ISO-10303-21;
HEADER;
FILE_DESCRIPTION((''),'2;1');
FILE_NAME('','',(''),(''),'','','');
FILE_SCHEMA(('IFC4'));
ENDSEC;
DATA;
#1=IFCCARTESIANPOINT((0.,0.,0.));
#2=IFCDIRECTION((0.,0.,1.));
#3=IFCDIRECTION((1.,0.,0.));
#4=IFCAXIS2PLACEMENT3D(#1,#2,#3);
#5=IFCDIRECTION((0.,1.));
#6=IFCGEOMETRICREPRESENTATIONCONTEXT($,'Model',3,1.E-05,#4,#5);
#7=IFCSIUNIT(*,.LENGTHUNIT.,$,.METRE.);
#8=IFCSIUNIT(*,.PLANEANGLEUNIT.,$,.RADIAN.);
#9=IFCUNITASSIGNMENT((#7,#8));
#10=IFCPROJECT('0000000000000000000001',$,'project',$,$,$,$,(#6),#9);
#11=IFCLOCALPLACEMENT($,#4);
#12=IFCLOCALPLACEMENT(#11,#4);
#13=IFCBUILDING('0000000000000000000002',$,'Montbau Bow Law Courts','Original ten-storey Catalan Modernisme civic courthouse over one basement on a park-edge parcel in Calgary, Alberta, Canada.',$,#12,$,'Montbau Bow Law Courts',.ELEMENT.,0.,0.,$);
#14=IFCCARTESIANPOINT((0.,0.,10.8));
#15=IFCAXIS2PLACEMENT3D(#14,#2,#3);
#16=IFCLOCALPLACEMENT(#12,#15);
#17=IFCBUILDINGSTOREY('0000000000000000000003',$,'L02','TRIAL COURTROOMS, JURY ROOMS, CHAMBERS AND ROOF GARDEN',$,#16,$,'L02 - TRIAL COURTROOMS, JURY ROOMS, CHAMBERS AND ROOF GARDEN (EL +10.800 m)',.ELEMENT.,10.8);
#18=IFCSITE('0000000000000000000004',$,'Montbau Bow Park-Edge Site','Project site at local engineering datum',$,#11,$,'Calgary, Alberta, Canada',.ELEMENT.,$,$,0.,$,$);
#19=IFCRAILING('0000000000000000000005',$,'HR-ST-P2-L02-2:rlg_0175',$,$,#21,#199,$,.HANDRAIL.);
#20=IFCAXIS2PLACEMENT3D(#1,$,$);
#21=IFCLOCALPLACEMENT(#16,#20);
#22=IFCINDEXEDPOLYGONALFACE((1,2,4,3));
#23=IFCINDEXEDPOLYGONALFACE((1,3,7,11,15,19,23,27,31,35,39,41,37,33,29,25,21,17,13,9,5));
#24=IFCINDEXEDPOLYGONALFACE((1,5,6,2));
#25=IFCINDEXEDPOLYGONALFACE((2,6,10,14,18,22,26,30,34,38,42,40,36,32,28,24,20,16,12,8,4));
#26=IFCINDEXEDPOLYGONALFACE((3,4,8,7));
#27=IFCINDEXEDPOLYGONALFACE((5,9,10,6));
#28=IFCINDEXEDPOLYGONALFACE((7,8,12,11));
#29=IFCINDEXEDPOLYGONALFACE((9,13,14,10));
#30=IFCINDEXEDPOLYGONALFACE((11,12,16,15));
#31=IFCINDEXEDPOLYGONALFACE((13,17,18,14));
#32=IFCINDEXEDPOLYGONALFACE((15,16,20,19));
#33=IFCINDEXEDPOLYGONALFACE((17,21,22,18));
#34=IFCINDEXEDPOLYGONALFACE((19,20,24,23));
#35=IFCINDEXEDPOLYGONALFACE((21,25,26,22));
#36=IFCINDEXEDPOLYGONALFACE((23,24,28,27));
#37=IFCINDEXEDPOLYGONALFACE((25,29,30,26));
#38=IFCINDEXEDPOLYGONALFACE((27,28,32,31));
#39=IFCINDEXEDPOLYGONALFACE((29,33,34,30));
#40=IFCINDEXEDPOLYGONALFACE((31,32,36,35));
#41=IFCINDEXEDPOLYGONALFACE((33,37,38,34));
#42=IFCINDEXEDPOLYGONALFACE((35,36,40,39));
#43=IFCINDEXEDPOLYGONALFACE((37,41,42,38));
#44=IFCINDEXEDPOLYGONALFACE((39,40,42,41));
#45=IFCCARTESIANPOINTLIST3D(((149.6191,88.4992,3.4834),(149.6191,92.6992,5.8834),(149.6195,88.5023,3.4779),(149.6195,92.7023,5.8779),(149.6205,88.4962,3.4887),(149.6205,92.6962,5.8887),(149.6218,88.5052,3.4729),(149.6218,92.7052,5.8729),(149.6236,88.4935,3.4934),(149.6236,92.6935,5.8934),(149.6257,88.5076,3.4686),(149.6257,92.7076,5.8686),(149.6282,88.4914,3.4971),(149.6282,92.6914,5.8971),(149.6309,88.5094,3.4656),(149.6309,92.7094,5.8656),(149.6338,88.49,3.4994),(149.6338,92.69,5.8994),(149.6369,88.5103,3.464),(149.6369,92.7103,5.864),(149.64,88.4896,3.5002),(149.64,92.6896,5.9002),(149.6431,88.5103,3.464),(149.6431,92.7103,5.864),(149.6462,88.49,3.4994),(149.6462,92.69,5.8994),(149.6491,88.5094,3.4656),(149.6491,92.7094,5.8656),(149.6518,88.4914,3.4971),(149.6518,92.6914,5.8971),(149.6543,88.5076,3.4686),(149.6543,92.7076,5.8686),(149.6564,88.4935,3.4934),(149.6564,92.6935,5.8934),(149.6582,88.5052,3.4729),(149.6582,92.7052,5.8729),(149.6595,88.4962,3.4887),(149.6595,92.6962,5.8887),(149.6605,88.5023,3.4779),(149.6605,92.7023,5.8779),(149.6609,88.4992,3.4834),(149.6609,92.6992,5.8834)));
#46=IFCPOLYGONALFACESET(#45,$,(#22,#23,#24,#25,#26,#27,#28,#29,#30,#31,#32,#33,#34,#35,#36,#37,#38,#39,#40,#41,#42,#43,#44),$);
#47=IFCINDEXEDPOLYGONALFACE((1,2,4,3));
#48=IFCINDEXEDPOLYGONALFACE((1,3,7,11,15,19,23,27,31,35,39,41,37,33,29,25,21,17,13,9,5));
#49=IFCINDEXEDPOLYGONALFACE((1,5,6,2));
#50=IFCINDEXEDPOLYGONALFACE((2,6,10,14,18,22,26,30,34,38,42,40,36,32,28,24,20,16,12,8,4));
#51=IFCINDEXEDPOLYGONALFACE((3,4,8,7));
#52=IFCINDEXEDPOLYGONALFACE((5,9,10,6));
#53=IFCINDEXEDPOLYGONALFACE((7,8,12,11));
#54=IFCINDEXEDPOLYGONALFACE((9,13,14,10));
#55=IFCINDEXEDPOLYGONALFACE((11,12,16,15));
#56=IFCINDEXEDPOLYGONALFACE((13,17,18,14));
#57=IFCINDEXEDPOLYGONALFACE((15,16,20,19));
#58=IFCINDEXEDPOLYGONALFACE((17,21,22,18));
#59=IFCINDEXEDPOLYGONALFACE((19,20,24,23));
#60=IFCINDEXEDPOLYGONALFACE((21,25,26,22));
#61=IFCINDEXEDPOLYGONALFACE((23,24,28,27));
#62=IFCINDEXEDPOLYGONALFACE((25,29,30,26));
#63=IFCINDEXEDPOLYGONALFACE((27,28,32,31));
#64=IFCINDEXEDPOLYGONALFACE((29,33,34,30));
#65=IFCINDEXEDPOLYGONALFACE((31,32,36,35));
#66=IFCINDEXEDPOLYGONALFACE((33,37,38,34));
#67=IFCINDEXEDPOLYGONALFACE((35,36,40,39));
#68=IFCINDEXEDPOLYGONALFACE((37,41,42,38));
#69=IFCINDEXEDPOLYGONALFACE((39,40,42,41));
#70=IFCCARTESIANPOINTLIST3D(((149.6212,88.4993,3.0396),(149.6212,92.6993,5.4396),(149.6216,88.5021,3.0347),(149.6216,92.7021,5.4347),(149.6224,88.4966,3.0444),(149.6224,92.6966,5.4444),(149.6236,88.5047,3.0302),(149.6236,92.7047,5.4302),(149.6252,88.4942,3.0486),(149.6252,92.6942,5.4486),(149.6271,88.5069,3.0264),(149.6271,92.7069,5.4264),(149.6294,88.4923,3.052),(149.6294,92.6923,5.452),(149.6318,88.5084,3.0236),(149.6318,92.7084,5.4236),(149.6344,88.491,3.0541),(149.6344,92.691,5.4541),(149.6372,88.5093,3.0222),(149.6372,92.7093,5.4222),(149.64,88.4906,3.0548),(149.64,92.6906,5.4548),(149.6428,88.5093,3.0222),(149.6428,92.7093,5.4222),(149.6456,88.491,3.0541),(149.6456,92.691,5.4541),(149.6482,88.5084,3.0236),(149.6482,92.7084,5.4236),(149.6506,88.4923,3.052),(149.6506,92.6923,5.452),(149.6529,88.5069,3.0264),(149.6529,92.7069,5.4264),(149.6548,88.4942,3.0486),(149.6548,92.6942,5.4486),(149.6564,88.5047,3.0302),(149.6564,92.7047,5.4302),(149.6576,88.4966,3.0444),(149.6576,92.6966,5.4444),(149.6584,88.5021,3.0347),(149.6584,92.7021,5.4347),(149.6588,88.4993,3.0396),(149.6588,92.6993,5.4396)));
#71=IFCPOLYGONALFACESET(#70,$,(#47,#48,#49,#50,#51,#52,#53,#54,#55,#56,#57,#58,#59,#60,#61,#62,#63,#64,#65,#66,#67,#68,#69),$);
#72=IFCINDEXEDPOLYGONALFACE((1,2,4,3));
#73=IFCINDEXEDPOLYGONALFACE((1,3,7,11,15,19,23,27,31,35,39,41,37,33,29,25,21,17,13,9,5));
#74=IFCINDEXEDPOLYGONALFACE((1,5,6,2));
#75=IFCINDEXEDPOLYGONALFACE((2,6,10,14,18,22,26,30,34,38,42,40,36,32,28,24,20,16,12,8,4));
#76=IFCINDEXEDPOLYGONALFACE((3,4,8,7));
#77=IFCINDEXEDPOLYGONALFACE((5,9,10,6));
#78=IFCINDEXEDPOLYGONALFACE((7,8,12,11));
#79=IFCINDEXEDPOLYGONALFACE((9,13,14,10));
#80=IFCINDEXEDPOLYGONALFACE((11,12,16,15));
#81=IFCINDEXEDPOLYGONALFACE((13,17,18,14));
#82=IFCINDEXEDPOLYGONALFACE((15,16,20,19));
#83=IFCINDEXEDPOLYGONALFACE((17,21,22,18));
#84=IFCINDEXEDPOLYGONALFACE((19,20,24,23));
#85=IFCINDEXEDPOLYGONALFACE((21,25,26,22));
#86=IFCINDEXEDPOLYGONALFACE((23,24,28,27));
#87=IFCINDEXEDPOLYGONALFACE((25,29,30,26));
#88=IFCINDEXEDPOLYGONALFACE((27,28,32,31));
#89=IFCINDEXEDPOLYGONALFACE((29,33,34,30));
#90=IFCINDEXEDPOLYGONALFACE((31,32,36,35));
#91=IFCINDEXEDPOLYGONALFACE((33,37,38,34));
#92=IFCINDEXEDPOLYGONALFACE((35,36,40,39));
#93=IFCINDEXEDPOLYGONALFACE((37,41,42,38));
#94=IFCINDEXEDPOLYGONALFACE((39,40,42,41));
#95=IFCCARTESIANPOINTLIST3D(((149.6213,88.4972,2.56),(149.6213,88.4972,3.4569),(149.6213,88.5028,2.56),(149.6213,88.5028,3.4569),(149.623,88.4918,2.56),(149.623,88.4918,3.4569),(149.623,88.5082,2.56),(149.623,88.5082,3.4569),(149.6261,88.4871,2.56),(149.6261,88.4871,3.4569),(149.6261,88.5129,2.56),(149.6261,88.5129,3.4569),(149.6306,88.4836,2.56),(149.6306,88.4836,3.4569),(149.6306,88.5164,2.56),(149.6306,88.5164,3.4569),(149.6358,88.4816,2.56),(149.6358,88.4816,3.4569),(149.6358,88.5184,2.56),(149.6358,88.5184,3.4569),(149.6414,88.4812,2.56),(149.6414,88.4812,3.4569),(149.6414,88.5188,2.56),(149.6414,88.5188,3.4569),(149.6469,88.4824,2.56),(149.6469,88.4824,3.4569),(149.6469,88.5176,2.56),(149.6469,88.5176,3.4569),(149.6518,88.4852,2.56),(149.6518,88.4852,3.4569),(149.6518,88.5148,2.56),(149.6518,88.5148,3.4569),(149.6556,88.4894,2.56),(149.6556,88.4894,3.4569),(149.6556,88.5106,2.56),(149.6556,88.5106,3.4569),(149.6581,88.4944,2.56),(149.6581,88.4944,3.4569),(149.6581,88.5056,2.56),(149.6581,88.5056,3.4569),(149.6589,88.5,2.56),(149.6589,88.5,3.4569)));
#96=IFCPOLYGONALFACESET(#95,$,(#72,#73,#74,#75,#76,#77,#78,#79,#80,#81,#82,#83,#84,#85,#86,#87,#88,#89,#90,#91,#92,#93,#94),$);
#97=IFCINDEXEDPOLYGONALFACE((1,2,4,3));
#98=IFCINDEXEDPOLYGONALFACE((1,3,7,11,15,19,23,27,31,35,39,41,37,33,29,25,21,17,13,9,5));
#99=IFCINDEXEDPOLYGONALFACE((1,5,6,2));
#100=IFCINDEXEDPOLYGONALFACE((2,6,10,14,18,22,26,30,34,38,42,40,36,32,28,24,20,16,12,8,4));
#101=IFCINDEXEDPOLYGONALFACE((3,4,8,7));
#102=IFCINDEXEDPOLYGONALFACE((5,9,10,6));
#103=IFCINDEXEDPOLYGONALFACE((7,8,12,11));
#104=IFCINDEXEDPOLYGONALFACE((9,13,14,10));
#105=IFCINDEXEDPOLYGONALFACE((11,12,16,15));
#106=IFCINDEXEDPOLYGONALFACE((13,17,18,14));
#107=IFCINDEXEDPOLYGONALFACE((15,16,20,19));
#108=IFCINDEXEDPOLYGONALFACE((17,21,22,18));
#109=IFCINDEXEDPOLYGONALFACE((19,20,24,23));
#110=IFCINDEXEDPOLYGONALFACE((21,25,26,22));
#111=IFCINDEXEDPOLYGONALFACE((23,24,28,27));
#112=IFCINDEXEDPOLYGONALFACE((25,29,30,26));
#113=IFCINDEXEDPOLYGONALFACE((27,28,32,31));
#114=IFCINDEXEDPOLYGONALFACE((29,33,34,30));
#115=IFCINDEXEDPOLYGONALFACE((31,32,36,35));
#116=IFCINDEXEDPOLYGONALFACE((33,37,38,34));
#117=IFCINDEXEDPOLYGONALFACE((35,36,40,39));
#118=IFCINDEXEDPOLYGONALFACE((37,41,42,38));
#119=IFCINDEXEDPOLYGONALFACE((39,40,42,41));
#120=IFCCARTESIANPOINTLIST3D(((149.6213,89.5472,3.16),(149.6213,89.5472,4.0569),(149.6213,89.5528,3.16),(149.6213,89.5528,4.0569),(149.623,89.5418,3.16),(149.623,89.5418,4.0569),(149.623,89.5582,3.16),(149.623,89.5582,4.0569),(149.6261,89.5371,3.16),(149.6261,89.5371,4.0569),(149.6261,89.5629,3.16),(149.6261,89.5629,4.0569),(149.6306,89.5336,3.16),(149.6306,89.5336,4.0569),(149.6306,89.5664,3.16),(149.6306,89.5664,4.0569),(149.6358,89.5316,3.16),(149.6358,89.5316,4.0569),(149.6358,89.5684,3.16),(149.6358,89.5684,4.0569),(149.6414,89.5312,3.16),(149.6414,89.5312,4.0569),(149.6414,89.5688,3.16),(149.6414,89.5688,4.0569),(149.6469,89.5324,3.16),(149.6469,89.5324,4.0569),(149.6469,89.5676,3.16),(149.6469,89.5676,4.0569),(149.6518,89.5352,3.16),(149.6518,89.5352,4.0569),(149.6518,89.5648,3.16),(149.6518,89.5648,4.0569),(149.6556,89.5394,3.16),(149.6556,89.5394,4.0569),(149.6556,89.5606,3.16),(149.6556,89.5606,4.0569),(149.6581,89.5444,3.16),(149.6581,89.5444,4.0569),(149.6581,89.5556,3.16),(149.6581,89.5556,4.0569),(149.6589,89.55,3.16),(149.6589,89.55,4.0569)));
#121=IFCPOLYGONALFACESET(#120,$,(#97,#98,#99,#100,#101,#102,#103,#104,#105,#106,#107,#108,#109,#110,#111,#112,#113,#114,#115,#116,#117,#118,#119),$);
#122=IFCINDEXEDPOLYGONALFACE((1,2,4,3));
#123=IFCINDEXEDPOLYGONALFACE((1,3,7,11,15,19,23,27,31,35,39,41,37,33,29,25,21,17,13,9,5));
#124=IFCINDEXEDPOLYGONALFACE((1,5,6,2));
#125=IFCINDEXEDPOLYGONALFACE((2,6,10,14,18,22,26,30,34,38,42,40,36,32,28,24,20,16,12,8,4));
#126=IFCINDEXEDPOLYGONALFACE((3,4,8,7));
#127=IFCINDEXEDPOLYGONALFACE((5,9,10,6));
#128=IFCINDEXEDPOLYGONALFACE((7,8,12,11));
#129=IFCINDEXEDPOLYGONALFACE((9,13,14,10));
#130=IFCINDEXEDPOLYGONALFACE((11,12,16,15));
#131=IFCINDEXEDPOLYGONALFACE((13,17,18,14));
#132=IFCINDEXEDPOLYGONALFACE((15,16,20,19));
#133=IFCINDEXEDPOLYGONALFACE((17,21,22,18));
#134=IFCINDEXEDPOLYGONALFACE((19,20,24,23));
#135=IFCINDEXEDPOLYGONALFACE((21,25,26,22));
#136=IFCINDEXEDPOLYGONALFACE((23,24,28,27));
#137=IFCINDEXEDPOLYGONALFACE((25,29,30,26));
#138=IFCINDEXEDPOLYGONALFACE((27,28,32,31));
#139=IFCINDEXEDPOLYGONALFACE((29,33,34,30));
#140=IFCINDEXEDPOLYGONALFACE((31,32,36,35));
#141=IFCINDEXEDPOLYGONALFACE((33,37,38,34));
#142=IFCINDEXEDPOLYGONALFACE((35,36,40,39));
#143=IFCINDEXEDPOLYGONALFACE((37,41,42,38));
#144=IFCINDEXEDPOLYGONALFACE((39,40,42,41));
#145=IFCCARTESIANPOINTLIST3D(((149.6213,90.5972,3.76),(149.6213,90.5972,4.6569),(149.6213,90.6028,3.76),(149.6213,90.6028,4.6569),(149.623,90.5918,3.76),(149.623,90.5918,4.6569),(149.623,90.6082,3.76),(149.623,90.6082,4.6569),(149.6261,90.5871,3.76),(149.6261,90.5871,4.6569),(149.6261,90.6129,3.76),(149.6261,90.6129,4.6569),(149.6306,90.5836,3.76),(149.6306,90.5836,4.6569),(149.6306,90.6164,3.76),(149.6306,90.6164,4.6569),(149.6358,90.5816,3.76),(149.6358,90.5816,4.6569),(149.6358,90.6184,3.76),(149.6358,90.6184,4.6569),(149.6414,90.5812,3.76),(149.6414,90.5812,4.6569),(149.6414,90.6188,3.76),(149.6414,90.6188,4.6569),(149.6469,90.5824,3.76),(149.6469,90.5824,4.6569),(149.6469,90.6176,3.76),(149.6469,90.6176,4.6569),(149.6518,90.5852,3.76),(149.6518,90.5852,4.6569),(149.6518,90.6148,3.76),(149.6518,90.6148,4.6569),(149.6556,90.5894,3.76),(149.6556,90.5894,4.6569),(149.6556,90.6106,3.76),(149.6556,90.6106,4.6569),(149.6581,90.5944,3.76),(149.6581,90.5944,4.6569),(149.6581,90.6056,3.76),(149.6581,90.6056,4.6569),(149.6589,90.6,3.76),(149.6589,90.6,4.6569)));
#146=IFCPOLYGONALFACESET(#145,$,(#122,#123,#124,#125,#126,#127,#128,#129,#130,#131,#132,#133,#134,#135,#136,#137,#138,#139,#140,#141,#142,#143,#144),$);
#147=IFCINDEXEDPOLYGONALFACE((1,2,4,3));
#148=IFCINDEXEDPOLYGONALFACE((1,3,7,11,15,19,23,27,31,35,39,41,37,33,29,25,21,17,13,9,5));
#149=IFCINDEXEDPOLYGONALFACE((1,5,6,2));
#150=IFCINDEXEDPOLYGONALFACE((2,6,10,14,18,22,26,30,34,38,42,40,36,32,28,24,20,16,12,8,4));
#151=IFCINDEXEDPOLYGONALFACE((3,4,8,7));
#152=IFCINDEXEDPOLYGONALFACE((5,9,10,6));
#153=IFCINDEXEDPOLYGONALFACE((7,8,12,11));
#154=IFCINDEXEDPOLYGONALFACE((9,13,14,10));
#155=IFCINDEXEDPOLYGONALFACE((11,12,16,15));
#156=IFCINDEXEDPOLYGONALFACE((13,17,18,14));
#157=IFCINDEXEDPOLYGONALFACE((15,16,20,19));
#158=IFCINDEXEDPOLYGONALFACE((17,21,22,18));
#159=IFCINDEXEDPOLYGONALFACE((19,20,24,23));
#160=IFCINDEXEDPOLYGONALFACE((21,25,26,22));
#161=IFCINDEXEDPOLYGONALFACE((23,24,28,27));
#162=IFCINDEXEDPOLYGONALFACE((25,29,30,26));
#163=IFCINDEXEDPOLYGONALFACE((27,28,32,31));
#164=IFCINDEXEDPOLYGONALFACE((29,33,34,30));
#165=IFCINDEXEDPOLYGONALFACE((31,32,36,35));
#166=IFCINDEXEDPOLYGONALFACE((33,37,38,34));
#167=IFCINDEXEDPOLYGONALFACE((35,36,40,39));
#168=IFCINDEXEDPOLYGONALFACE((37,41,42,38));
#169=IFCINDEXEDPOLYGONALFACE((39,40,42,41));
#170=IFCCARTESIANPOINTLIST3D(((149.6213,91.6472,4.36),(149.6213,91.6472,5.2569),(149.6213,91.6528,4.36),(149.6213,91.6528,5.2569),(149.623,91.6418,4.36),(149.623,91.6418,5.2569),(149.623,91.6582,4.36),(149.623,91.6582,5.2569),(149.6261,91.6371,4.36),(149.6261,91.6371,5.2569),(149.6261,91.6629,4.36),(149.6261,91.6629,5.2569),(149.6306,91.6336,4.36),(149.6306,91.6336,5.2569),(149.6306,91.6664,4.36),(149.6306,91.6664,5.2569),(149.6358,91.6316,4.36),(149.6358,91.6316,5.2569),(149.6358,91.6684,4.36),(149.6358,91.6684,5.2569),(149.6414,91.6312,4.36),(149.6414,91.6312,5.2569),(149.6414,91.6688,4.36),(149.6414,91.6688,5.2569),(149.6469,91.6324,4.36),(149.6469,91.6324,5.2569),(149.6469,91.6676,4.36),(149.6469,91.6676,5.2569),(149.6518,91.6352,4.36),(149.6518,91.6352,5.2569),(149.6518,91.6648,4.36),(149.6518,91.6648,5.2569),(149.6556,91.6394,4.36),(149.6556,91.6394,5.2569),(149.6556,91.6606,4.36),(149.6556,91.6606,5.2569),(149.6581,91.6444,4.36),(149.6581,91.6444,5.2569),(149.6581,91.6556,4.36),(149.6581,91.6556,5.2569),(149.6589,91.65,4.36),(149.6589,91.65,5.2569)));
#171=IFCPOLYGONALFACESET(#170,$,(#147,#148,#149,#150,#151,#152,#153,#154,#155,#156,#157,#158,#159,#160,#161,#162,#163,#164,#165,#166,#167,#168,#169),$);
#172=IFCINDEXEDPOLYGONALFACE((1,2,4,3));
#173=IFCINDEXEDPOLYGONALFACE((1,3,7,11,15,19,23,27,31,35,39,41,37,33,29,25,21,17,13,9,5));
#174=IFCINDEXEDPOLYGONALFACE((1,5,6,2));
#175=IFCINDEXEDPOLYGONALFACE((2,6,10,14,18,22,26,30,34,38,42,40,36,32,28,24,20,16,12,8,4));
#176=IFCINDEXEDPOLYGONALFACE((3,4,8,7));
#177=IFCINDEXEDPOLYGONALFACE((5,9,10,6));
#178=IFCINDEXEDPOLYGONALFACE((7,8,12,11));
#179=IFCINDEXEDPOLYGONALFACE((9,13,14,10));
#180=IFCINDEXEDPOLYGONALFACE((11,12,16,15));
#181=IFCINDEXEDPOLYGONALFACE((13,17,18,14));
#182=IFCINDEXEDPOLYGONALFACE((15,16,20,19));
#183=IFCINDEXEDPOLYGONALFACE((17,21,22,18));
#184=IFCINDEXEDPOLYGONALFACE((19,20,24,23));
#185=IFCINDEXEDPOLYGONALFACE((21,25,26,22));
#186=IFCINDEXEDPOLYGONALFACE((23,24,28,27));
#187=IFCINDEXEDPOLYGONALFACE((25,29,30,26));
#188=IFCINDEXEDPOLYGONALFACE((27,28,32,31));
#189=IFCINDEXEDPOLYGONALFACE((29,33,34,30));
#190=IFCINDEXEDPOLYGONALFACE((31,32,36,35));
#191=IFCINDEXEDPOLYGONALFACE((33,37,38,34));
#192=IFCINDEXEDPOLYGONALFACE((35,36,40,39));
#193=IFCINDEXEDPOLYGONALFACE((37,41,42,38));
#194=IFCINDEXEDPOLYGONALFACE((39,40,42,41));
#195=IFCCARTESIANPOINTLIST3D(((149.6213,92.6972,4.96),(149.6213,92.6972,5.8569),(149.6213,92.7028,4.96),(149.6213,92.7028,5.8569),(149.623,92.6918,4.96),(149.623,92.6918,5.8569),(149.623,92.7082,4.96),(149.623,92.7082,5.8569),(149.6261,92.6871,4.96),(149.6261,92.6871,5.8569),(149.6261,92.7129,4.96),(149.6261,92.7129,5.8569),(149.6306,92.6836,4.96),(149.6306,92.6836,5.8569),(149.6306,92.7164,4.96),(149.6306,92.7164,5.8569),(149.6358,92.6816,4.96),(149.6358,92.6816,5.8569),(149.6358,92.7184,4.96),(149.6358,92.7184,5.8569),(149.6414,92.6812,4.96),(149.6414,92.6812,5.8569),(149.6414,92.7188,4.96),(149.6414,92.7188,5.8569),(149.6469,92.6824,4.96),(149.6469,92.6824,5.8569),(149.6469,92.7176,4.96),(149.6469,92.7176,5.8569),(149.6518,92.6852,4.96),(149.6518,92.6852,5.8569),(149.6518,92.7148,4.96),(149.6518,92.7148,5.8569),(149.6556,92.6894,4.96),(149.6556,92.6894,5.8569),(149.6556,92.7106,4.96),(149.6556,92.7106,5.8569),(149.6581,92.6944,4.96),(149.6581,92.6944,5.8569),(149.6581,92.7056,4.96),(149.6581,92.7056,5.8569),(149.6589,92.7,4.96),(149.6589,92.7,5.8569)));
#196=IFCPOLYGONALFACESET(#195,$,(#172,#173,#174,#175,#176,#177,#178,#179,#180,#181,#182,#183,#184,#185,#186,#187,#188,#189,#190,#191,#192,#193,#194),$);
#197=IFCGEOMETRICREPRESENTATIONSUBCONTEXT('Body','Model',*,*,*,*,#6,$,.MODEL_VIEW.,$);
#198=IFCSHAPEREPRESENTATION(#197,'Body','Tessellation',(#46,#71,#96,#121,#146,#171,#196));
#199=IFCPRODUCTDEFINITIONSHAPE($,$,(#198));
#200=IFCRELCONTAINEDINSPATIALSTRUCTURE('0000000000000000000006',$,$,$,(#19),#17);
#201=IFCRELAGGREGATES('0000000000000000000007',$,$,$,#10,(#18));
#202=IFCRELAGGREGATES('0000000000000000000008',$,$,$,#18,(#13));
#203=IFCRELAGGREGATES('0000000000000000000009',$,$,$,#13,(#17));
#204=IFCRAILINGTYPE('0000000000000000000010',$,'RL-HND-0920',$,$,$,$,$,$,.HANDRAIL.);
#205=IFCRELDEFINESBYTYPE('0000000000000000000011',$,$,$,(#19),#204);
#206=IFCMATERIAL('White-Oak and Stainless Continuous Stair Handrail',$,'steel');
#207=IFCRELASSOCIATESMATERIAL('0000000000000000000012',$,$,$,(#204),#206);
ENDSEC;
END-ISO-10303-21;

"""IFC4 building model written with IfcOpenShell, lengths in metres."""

from ifc_helpers import new_model, si_unit, direction, frame, origin_with_axes, origin_2d_with_axis, place, context, subcontext, project, spatial, circle, extrude, material, type_object, element, save


model = new_model("IFC4")

# Units and contexts
model_context = context("Model", 3, precision=1e-05, world=origin_with_axes(), true_north=direction((0.0, 1.0)))
body_context = subcontext(model_context, "Body", "Model", "MODEL_VIEW")
ifc_project = project(units=[si_unit("LENGTHUNIT", "METRE"), si_unit("PLANEANGLEUNIT", "RADIAN")], contexts=[model_context])

# Site, building, storey
site_placement = place(None, origin_with_axes())
site = spatial("IfcSite", under=ifc_project, at=site_placement, Name="Montbau Bow Park-Edge Site", Description="Project site at local engineering datum", LongName="Calgary, Alberta, Canada", CompositionType="ELEMENT", RefElevation=0.0)
building_placement = place(site_placement, origin_with_axes())
building = spatial("IfcBuilding", under=site, at=building_placement, Name="Montbau Bow Law Courts", Description="Original ten-storey Catalan Modernisme civic courthouse over one basement on a park-edge parcel in Calgary, Alberta, Canada.", LongName="Montbau Bow Law Courts", CompositionType="ELEMENT", ElevationOfRefHeight=0.0, ElevationOfTerrain=0.0)
storey_placement = place(building_placement, frame((0.0, 0.0, 10.8), z_axis=(0.0, 0.0, 1.0), x_axis=(1.0, 0.0, 0.0)))
storey = spatial("IfcBuildingStorey", under=building, at=storey_placement, Name="L02", Description="TRIAL COURTROOMS, JURY ROOMS, CHAMBERS AND ROOF GARDEN", LongName="L02 - TRIAL COURTROOMS, JURY ROOMS, CHAMBERS AND ROOF GARDEN (EL +10.800 m)", CompositionType="ELEMENT", Elevation=10.8)

# Railing
ifc_material_1 = material(Name="White-Oak and Stainless Continuous Stair Handrail", Category="steel")
railing_type_1 = type_object("IfcRailingType", Name="RL-HND-0920", PredefinedType="HANDRAIL", material=ifc_material_1)
railing_1_placement = place(None, origin_with_axes())
element("IfcRailing", 1, at=railing_1_placement, inside=storey, type_object=railing_type_1, Name="HR-ST-P2-L02-2:rlg_0175", PredefinedType="HANDRAIL", context=body_context, shape_type="SweptSolid", body=[
    extrude(circle(Radius=0.021, at=origin_2d_with_axis()), frame((149.64, 88.5, 14.282), z_axis=(0.0, 0.868243, 0.496139), x_axis=(0.0, -0.496139, 0.868243)), (0.0, 0.0, 1.0), 4.8374),
    extrude(circle(Radius=0.0189, at=origin_2d_with_axis()), frame((149.64, 88.5, 13.8384), z_axis=(0.0, 0.868243, 0.496139), x_axis=(0.0, -0.496139, 0.868243)), (0.0, 0.0, 1.0), 4.8374),
    extrude(circle(Radius=0.0189, at=origin_2d_with_axis()), frame((149.64, 88.5, 13.36), z_axis=(0.0, 0.0, 1.0), x_axis=(1.0, 0.0, 0.0)), (0.0, 0.0, 1.0), 0.8969),
    extrude(circle(Radius=0.0189, at=origin_2d_with_axis()), frame((149.64, 89.55, 13.96), z_axis=(0.0, 0.0, 1.0), x_axis=(1.0, 0.0, 0.0)), (0.0, 0.0, 1.0), 0.8969),
    extrude(circle(Radius=0.0189, at=origin_2d_with_axis()), frame((149.64, 90.6, 14.56), z_axis=(0.0, 0.0, 1.0), x_axis=(1.0, 0.0, 0.0)), (0.0, 0.0, 1.0), 0.8969),
    extrude(circle(Radius=0.0189, at=origin_2d_with_axis()), frame((149.64, 91.65, 15.16), z_axis=(0.0, 0.0, 1.0), x_axis=(1.0, 0.0, 0.0)), (0.0, 0.0, 1.0), 0.8969),
    extrude(circle(Radius=0.0189, at=origin_2d_with_axis()), frame((149.64, 92.7, 15.76), z_axis=(0.0, 0.0, 1.0), x_axis=(1.0, 0.0, 0.0)), (0.0, 0.0, 1.0), 0.8969),
])

save(model, "model.ifc")
